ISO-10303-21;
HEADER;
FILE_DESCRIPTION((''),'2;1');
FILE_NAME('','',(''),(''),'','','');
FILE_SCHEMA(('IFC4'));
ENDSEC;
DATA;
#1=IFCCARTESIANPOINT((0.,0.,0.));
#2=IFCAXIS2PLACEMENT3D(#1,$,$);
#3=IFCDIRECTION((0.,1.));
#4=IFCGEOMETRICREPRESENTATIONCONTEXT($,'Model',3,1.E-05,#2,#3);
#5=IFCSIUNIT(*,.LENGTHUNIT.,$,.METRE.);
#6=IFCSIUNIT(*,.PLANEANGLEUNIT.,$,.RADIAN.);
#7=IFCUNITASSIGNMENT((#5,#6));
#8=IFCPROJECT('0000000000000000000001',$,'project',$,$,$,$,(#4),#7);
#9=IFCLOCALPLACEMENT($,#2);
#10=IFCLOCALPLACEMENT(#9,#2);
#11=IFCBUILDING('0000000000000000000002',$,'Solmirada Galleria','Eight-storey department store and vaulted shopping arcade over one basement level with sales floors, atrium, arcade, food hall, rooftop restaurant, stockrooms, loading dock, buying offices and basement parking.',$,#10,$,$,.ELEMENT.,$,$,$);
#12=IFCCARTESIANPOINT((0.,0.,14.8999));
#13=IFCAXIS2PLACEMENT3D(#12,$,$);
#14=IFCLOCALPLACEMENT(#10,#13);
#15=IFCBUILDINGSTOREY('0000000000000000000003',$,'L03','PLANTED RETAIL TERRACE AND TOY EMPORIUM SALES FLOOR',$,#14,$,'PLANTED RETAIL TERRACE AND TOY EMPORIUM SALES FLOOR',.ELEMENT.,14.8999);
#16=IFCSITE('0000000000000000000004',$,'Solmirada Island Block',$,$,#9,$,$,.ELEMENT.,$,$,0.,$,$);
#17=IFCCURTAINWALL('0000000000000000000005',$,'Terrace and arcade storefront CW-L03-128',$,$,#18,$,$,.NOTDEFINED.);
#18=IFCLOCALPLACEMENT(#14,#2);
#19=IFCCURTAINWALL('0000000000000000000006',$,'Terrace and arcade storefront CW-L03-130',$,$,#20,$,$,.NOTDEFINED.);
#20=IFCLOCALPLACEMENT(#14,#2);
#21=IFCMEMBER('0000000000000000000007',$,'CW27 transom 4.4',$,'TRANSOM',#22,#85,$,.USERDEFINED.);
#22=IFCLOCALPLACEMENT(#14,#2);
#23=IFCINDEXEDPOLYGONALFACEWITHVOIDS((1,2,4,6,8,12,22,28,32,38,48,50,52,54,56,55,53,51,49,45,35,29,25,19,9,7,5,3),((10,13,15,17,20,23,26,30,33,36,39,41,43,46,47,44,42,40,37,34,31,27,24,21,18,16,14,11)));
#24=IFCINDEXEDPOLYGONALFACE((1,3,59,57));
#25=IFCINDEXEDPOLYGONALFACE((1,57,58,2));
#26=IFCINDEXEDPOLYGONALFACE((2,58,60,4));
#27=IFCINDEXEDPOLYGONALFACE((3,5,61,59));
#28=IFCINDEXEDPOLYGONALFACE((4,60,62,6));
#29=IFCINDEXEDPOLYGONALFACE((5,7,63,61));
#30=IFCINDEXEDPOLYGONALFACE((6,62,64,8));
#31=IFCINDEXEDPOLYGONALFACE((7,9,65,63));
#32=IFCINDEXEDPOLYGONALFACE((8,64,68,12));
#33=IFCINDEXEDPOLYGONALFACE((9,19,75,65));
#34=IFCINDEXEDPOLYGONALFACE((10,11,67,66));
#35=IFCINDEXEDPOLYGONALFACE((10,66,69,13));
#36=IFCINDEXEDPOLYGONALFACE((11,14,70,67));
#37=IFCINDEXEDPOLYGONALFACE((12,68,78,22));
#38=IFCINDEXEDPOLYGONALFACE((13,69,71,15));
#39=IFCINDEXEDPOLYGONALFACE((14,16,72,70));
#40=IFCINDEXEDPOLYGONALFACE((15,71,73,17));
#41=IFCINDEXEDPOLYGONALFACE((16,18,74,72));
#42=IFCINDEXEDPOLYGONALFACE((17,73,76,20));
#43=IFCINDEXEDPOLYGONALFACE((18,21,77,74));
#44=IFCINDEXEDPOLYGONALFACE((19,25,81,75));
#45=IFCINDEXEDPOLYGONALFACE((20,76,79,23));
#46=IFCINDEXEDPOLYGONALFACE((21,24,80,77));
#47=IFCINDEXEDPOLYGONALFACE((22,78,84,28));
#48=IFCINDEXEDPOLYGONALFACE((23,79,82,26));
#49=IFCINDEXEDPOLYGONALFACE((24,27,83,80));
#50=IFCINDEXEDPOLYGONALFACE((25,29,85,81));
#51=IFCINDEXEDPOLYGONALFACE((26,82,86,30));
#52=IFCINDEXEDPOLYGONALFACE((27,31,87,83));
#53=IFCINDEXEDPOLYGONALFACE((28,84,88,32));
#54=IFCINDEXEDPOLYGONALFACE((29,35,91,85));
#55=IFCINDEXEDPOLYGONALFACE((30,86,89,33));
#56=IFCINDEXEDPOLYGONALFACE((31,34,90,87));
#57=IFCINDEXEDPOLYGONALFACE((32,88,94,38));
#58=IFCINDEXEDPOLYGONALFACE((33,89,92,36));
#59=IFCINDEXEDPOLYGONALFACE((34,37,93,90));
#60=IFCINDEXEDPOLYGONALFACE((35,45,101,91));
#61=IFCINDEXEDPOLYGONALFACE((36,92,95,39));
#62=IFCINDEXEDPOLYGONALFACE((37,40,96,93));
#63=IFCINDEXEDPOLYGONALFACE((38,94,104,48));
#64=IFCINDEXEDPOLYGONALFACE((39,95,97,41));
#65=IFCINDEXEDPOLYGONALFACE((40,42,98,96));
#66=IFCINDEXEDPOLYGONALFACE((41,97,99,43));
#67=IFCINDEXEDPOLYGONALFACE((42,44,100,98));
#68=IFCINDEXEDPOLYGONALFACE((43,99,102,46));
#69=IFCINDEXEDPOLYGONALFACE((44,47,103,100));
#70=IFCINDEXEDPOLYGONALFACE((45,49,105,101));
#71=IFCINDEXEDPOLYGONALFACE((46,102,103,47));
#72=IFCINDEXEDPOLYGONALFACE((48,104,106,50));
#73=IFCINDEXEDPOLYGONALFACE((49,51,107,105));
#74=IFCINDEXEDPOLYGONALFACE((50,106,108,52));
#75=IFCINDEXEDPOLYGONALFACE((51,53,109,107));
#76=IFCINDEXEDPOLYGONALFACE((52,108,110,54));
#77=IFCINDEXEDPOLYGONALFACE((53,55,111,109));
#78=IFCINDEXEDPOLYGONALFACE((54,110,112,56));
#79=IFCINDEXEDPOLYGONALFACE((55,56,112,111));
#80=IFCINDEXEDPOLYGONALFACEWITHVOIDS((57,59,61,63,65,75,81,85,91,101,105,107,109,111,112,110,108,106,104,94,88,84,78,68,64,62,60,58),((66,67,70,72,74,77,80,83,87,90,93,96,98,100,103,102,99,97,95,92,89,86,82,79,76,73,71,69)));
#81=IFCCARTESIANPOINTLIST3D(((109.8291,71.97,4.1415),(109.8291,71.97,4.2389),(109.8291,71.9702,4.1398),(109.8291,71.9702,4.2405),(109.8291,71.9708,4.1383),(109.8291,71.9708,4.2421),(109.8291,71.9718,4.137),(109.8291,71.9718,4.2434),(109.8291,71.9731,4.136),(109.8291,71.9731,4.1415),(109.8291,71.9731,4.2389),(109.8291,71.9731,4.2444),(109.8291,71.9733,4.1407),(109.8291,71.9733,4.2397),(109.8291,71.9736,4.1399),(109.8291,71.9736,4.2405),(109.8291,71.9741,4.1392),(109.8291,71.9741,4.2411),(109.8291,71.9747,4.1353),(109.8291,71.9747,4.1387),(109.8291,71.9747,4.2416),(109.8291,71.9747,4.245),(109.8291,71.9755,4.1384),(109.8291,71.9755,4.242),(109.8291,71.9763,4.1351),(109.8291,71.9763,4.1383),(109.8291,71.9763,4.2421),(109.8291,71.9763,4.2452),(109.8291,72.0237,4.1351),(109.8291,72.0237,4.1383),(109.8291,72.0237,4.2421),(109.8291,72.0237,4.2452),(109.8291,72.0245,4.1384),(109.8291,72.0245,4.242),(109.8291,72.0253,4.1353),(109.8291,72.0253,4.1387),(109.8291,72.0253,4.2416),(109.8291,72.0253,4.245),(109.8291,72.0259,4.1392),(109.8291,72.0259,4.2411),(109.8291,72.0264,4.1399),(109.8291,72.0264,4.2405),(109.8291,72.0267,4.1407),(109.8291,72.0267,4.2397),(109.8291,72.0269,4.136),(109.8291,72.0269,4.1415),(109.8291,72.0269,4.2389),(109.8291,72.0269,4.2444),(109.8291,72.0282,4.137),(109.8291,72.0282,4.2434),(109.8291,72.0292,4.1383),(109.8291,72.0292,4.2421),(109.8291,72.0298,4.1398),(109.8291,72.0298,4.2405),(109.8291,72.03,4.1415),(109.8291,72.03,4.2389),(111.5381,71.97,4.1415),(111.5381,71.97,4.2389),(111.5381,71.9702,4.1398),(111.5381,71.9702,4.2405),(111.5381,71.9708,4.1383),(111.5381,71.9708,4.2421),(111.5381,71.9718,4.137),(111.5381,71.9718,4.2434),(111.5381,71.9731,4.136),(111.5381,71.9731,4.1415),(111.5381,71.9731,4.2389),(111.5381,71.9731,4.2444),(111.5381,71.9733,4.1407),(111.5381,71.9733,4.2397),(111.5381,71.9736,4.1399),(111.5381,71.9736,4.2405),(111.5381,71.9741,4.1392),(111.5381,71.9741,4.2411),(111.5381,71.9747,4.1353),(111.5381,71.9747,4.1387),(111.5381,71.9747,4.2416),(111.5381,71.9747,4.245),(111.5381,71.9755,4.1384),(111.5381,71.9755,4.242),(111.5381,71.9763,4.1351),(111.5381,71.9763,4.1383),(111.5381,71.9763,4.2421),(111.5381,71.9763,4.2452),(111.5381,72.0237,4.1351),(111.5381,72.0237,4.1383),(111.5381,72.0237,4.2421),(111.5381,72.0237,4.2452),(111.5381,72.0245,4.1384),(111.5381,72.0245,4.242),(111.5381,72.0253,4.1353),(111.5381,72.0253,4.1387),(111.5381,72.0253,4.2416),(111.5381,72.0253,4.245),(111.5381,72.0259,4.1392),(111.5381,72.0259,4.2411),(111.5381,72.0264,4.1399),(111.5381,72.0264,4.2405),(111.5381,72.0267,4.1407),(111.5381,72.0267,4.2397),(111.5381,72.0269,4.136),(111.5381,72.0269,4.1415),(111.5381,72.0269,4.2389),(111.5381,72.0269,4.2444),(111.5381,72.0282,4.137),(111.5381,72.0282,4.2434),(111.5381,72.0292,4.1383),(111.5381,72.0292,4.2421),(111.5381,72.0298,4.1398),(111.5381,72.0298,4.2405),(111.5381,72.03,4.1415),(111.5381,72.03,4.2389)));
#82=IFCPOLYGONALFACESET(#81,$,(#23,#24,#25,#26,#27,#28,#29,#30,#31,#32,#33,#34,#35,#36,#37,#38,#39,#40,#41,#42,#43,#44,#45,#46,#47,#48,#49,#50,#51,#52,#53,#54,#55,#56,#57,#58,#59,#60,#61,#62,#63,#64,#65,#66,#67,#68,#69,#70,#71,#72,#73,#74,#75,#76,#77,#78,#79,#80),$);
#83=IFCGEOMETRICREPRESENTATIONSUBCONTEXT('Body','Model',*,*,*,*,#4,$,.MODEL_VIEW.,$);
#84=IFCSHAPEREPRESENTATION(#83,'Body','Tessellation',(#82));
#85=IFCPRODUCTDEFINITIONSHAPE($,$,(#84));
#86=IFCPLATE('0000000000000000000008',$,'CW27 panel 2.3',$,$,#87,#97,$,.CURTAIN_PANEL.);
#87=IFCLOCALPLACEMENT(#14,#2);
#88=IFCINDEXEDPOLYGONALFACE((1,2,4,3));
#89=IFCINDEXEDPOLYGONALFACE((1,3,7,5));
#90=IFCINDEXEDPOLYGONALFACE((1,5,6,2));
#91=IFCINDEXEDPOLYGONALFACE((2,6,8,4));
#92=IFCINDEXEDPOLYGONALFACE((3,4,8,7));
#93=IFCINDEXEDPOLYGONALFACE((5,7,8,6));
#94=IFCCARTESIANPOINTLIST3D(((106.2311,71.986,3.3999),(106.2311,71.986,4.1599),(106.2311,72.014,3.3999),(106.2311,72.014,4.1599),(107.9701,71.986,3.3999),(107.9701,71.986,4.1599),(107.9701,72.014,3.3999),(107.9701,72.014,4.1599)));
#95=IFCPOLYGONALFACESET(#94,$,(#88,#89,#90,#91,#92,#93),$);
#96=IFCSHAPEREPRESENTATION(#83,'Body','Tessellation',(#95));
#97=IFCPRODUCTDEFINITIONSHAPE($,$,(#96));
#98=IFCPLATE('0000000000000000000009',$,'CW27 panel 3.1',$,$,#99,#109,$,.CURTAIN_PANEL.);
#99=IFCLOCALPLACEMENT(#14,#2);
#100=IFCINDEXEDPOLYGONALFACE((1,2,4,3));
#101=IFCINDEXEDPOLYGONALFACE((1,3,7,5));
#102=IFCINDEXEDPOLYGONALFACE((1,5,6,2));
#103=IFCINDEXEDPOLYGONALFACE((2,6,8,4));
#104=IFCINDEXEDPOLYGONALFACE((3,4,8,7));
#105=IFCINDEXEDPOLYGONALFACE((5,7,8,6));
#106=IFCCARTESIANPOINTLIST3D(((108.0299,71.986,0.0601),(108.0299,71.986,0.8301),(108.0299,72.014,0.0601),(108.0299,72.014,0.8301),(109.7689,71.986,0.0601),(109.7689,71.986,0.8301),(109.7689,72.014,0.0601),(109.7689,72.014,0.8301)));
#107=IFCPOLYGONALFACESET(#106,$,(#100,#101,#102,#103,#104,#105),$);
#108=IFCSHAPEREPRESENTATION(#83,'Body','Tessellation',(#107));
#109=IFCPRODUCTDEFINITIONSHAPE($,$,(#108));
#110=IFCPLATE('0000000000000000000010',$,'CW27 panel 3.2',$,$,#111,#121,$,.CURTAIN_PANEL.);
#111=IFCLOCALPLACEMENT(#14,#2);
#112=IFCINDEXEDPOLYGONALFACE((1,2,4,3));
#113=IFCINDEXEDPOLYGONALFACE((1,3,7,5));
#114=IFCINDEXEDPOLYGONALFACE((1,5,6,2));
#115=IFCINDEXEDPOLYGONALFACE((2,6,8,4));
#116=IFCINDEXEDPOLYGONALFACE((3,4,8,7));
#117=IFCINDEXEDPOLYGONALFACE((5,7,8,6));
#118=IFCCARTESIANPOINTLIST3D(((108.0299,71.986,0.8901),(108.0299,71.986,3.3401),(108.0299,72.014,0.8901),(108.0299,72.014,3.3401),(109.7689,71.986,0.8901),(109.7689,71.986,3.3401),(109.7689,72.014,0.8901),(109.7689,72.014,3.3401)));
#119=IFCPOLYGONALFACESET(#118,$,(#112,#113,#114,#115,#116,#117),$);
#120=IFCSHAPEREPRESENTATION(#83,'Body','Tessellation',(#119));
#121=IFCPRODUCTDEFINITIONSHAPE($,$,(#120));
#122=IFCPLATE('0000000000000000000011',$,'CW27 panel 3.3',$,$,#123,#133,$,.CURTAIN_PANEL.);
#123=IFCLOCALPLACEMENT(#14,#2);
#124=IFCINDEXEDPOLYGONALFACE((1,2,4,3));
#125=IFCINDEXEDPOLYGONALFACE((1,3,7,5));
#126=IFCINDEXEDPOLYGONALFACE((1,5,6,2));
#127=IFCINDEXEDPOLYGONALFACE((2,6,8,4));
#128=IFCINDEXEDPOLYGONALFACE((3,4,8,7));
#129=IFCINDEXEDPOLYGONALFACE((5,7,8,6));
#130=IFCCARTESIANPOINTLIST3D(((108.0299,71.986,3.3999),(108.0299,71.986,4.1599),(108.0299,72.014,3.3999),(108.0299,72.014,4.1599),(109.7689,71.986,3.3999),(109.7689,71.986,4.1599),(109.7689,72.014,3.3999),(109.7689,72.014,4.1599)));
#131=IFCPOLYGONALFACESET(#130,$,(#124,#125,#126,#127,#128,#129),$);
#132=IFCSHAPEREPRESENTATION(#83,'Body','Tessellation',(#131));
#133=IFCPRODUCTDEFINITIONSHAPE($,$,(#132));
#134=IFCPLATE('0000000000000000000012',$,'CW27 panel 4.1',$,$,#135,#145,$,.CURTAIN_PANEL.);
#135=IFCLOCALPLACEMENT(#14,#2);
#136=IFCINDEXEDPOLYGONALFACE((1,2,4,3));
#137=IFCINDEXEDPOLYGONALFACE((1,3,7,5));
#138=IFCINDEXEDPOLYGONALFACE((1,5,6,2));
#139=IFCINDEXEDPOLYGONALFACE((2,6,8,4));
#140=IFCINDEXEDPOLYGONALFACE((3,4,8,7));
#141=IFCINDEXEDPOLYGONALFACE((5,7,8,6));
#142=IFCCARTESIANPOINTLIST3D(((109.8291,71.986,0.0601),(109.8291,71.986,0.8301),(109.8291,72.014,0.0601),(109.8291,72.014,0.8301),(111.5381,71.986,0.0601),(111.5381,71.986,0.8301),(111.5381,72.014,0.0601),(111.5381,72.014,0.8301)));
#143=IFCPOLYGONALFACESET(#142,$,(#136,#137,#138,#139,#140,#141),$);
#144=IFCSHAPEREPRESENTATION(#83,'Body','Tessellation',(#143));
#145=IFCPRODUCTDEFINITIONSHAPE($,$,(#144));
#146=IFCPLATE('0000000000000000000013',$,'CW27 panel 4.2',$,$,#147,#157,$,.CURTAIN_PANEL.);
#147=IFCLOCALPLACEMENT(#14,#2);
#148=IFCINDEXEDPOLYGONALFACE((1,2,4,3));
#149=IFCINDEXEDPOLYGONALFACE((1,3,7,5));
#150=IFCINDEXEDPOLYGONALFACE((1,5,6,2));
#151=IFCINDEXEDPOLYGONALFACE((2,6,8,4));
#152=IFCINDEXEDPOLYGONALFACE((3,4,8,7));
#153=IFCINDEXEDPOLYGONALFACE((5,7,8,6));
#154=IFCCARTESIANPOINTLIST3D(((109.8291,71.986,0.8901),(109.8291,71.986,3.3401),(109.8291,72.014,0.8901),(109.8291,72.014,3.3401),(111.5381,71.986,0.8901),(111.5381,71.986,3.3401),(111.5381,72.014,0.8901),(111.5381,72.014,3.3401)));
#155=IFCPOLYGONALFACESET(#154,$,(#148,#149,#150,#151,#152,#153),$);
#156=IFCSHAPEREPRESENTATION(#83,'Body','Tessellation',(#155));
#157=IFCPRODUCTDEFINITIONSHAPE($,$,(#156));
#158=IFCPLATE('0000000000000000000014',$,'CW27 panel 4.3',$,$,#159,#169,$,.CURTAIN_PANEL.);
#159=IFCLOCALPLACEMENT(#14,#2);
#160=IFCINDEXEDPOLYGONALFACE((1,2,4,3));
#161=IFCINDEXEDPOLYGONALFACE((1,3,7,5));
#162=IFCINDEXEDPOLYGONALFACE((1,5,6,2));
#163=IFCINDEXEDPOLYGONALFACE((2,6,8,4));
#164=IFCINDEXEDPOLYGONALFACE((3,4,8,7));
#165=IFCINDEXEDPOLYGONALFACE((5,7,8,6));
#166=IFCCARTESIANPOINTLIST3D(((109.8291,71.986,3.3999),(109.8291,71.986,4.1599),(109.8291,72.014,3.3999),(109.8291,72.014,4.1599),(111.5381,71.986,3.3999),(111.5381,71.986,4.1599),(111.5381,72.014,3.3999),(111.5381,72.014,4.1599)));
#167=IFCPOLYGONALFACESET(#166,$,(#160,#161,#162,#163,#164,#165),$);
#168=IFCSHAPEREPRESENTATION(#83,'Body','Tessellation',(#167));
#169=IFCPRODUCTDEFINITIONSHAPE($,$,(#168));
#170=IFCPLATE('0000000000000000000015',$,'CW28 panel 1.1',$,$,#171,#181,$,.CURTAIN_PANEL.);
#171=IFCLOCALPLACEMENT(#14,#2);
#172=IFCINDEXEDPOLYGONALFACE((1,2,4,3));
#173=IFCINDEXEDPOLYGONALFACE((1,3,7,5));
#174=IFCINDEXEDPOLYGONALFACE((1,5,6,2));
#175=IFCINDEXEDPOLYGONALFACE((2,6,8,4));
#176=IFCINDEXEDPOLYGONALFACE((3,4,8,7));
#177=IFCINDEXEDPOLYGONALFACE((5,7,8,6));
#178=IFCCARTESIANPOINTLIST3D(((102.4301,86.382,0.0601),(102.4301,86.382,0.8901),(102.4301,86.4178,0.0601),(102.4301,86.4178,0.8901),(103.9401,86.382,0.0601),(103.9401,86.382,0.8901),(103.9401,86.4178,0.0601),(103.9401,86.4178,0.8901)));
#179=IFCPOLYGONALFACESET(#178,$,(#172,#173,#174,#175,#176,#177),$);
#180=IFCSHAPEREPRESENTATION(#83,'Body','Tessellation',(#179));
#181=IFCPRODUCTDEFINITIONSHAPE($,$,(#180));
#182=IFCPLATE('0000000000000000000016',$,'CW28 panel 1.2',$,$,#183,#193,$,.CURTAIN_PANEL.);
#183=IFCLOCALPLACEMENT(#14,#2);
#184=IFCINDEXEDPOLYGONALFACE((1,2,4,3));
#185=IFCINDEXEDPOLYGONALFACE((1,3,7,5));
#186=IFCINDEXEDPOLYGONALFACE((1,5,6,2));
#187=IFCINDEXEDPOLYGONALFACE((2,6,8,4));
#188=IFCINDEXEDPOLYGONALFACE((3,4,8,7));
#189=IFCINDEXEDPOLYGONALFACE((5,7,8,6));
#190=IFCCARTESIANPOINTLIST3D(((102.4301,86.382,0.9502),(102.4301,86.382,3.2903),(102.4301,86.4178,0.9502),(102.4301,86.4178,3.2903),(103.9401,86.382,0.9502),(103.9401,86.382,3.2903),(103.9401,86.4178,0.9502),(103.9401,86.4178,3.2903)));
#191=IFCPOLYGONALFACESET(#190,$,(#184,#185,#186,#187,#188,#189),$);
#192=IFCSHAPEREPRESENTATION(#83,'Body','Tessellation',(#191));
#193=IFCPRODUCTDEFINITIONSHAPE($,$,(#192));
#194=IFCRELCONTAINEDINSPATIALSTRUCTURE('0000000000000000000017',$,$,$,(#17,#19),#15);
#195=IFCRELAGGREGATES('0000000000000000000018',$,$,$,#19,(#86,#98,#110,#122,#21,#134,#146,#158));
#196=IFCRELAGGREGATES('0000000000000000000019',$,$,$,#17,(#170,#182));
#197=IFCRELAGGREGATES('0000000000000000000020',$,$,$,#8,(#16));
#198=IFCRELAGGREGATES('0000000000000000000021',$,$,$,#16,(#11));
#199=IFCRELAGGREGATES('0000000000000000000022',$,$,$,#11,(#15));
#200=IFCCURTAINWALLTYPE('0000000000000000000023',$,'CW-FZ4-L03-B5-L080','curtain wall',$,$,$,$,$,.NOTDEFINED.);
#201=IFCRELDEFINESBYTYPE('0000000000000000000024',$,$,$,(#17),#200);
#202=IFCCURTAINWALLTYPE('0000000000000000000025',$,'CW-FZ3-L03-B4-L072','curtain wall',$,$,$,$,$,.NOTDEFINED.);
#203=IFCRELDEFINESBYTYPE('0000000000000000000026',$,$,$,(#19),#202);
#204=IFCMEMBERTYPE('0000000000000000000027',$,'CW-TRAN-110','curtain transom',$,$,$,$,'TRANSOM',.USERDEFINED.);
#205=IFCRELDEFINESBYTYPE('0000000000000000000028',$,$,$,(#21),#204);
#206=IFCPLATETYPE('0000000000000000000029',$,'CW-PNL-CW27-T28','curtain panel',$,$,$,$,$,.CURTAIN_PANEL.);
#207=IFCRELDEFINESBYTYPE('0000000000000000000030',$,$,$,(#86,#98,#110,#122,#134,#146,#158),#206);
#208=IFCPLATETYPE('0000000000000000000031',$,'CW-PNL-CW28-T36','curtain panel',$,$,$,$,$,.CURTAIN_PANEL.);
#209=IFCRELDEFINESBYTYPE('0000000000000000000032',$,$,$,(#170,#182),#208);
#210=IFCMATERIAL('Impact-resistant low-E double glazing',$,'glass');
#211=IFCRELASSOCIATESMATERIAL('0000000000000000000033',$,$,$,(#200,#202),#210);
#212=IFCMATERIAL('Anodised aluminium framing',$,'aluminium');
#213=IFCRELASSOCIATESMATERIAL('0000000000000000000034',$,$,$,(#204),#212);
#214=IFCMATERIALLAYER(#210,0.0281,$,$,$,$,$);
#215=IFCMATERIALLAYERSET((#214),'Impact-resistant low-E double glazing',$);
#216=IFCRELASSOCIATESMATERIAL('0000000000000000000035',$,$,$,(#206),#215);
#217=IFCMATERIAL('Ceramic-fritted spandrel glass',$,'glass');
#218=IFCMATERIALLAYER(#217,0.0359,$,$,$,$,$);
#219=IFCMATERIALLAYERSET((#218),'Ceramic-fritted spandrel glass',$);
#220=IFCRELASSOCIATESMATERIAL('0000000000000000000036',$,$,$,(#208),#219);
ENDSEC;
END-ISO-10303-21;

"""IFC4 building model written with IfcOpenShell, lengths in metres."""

from ifc_helpers import new_model, si_unit, direction, frame, origin, origin_2d, place, context, subcontext, project, spatial, rectangle, hollow_rectangle, extrude, material, layer, layer_set, material_profile, profile_set, type_object, element, aggregate, save


model = new_model("IFC4")

# Units and contexts
model_context = context("Model", 3, precision=1e-05, world=origin(), true_north=direction((0.0, 1.0)))
body_context = subcontext(model_context, "Body", "Model", "MODEL_VIEW")
ifc_project = project(units=[si_unit("LENGTHUNIT", "METRE"), si_unit("PLANEANGLEUNIT", "RADIAN")], contexts=[model_context])

# Site, building, storey
site_placement = place(None, origin())
site = spatial("IfcSite", under=ifc_project, at=site_placement, Name="Solmirada Island Block", CompositionType="ELEMENT", RefElevation=0.0)
building_placement = place(site_placement, origin())
building = spatial("IfcBuilding", under=site, at=building_placement, Name="Solmirada Galleria", Description="Eight-storey department store and vaulted shopping arcade over one basement level with sales floors, atrium, arcade, food hall, rooftop restaurant, stockrooms, loading dock, buying offices and basement parking.", CompositionType="ELEMENT")
storey_placement = place(building_placement, frame((0.0, 0.0, 14.8999)))
storey = spatial("IfcBuildingStorey", under=building, at=storey_placement, Name="L03", Description="PLANTED RETAIL TERRACE AND TOY EMPORIUM SALES FLOOR", LongName="PLANTED RETAIL TERRACE AND TOY EMPORIUM SALES FLOOR", CompositionType="ELEMENT", Elevation=14.8999)

# Curtain wall
ifc_material_1 = material(Name="Impact-resistant low-E double glazing", Category="glass")
curtain_wall_type_1 = type_object("IfcCurtainWallType", Name="CW-FZ4-L03-B5-L080", Description="curtain wall", PredefinedType="NOTDEFINED", material=ifc_material_1)
curtain_wall_1_placement = place(storey_placement, origin())
curtain_wall_1 = element("IfcCurtainWall", 1, at=curtain_wall_1_placement, inside=storey, type_object=curtain_wall_type_1, Name="Terrace and arcade storefront CW-L03-128", PredefinedType="NOTDEFINED")
ifc_material_2 = material(Name="Anodised aluminium framing", Category="aluminium")

# Curtain wall
curtain_wall_type_2 = type_object("IfcCurtainWallType", Name="CW-FZ3-L03-B4-L072", Description="curtain wall", PredefinedType="NOTDEFINED", material=ifc_material_1)
curtain_wall_2_placement = place(storey_placement, origin())
curtain_wall_2 = element("IfcCurtainWall", 2, at=curtain_wall_2_placement, inside=storey, type_object=curtain_wall_type_2, Name="Terrace and arcade storefront CW-L03-130", PredefinedType="NOTDEFINED")

# Member
ifc_material_profile_1 = material_profile(ifc_material_2, hollow_rectangle(XDim=0.0601, YDim=0.1101, WallThickness=0.0032, InnerFilletRadius=0.0032, OuterFilletRadius=0.0063, at=origin_2d()), Name="ALU-TRAN-110X60")
ifc_profile_set_1 = profile_set([ifc_material_profile_1], Name="Anodised aluminium framing")
member_type_1 = type_object("IfcMemberType", Name="CW-TRAN-110", Description="curtain transom", ElementType="TRANSOM", PredefinedType="USERDEFINED", material=ifc_profile_set_1)
member_1_placement = place(storey_placement, frame((109.8291, 72.0, 4.1902), z_axis=(1.0, 0.0, 0.0), x_axis=(0.0, 1.0, 0.0)))
member_1 = element("IfcMember", 3, at=member_1_placement, type_object=member_type_1, Name="CW27 transom 4.4", ObjectType="TRANSOM", PredefinedType="USERDEFINED", context=body_context, shape_type="SweptSolid", body=[
    extrude(hollow_rectangle(XDim=0.0601, YDim=0.1101, WallThickness=0.0032, InnerFilletRadius=0.0032, OuterFilletRadius=0.0063, at=origin_2d()), origin(), (0.0, 0.0, 1.0), 1.709),
])

# Plates
ifc_layer_1 = layer(ifc_material_1, 0.0281)
ifc_layer_set_1 = layer_set([ifc_layer_1], Name="Impact-resistant low-E double glazing")
plate_type_1 = type_object("IfcPlateType", Name="CW-PNL-CW27-T28", Description="curtain panel", PredefinedType="CURTAIN_PANEL", material=ifc_layer_set_1)
plate_1_placement = place(storey_placement, frame((107.1006, 72.0, 3.3999), z_axis=(0.0, 0.0, 1.0), x_axis=(1.0, 0.0, 0.0)))
plate_1 = element("IfcPlate", 4, at=plate_1_placement, type_object=plate_type_1, Name="CW27 panel 2.3", PredefinedType="CURTAIN_PANEL", context=body_context, shape_type="SweptSolid", body=[
    extrude(rectangle(XDim=1.739, YDim=0.0281, at=origin_2d()), origin(), (0.0, 0.0, 1.0), 0.76),
])
plate_2_placement = place(storey_placement, frame((108.8994, 72.0, 0.0601), z_axis=(0.0, 0.0, 1.0), x_axis=(1.0, 0.0, 0.0)))
plate_2 = element("IfcPlate", 5, at=plate_2_placement, type_object=plate_type_1, Name="CW27 panel 3.1", PredefinedType="CURTAIN_PANEL", context=body_context, shape_type="SweptSolid", body=[
    extrude(rectangle(XDim=1.739, YDim=0.0281, at=origin_2d()), origin(), (0.0, 0.0, 1.0), 0.77),
])
plate_3_placement = place(storey_placement, frame((108.8994, 72.0, 0.8901), z_axis=(0.0, 0.0, 1.0), x_axis=(1.0, 0.0, 0.0)))
plate_3 = element("IfcPlate", 6, at=plate_3_placement, type_object=plate_type_1, Name="CW27 panel 3.2", PredefinedType="CURTAIN_PANEL", context=body_context, shape_type="SweptSolid", body=[
    extrude(rectangle(XDim=1.739, YDim=0.0281, at=origin_2d()), origin(), (0.0, 0.0, 1.0), 2.45),
])
plate_4_placement = place(storey_placement, frame((108.8994, 72.0, 3.3999), z_axis=(0.0, 0.0, 1.0), x_axis=(1.0, 0.0, 0.0)))
plate_4 = element("IfcPlate", 7, at=plate_4_placement, type_object=plate_type_1, Name="CW27 panel 3.3", PredefinedType="CURTAIN_PANEL", context=body_context, shape_type="SweptSolid", body=[
    extrude(rectangle(XDim=1.739, YDim=0.0281, at=origin_2d()), origin(), (0.0, 0.0, 1.0), 0.76),
])
plate_5_placement = place(storey_placement, frame((110.6836, 72.0, 0.0601), z_axis=(0.0, 0.0, 1.0), x_axis=(1.0, 0.0, 0.0)))
plate_5 = element("IfcPlate", 8, at=plate_5_placement, type_object=plate_type_1, Name="CW27 panel 4.1", PredefinedType="CURTAIN_PANEL", context=body_context, shape_type="SweptSolid", body=[
    extrude(rectangle(XDim=1.709, YDim=0.0281, at=origin_2d()), origin(), (0.0, 0.0, 1.0), 0.77),
])
plate_6_placement = place(storey_placement, frame((110.6836, 72.0, 0.8901), z_axis=(0.0, 0.0, 1.0), x_axis=(1.0, 0.0, 0.0)))
plate_6 = element("IfcPlate", 9, at=plate_6_placement, type_object=plate_type_1, Name="CW27 panel 4.2", PredefinedType="CURTAIN_PANEL", context=body_context, shape_type="SweptSolid", body=[
    extrude(rectangle(XDim=1.709, YDim=0.0281, at=origin_2d()), origin(), (0.0, 0.0, 1.0), 2.45),
])
plate_7_placement = place(storey_placement, frame((110.6836, 72.0, 3.3999), z_axis=(0.0, 0.0, 1.0), x_axis=(1.0, 0.0, 0.0)))
plate_7 = element("IfcPlate", 10, at=plate_7_placement, type_object=plate_type_1, Name="CW27 panel 4.3", PredefinedType="CURTAIN_PANEL", context=body_context, shape_type="SweptSolid", body=[
    extrude(rectangle(XDim=1.709, YDim=0.0281, at=origin_2d()), origin(), (0.0, 0.0, 1.0), 0.76),
])
aggregate(curtain_wall_2, [plate_1, plate_2, plate_3, plate_4, member_1, plate_5, plate_6, plate_7])
ifc_material_3 = material(Name="Ceramic-fritted spandrel glass", Category="glass")
ifc_layer_2 = layer(ifc_material_3, 0.0359)
ifc_layer_set_2 = layer_set([ifc_layer_2], Name="Ceramic-fritted spandrel glass")
plate_type_2 = type_object("IfcPlateType", Name="CW-PNL-CW28-T36", Description="curtain panel", PredefinedType="CURTAIN_PANEL", material=ifc_layer_set_2)
plate_8_placement = place(storey_placement, frame((103.1851, 86.3999, 0.0601), z_axis=(0.0, 0.0, 1.0), x_axis=(-1.0, 0.0, 0.0)))
plate_8 = element("IfcPlate", 11, at=plate_8_placement, type_object=plate_type_2, Name="CW28 panel 1.1", PredefinedType="CURTAIN_PANEL", context=body_context, shape_type="SweptSolid", body=[
    extrude(rectangle(XDim=1.51, YDim=0.0359, at=origin_2d()), origin(), (0.0, 0.0, 1.0), 0.8301),
])
plate_9_placement = place(storey_placement, frame((103.1851, 86.3999, 0.9502), z_axis=(0.0, 0.0, 1.0), x_axis=(-1.0, 0.0, 0.0)))
plate_9 = element("IfcPlate", 12, at=plate_9_placement, type_object=plate_type_2, Name="CW28 panel 1.2", PredefinedType="CURTAIN_PANEL", context=body_context, shape_type="SweptSolid", body=[
    extrude(rectangle(XDim=1.51, YDim=0.0359, at=origin_2d()), origin(), (0.0, 0.0, 1.0), 2.3401),
])
aggregate(curtain_wall_1, [plate_8, plate_9])

save(model, "model.ifc")
